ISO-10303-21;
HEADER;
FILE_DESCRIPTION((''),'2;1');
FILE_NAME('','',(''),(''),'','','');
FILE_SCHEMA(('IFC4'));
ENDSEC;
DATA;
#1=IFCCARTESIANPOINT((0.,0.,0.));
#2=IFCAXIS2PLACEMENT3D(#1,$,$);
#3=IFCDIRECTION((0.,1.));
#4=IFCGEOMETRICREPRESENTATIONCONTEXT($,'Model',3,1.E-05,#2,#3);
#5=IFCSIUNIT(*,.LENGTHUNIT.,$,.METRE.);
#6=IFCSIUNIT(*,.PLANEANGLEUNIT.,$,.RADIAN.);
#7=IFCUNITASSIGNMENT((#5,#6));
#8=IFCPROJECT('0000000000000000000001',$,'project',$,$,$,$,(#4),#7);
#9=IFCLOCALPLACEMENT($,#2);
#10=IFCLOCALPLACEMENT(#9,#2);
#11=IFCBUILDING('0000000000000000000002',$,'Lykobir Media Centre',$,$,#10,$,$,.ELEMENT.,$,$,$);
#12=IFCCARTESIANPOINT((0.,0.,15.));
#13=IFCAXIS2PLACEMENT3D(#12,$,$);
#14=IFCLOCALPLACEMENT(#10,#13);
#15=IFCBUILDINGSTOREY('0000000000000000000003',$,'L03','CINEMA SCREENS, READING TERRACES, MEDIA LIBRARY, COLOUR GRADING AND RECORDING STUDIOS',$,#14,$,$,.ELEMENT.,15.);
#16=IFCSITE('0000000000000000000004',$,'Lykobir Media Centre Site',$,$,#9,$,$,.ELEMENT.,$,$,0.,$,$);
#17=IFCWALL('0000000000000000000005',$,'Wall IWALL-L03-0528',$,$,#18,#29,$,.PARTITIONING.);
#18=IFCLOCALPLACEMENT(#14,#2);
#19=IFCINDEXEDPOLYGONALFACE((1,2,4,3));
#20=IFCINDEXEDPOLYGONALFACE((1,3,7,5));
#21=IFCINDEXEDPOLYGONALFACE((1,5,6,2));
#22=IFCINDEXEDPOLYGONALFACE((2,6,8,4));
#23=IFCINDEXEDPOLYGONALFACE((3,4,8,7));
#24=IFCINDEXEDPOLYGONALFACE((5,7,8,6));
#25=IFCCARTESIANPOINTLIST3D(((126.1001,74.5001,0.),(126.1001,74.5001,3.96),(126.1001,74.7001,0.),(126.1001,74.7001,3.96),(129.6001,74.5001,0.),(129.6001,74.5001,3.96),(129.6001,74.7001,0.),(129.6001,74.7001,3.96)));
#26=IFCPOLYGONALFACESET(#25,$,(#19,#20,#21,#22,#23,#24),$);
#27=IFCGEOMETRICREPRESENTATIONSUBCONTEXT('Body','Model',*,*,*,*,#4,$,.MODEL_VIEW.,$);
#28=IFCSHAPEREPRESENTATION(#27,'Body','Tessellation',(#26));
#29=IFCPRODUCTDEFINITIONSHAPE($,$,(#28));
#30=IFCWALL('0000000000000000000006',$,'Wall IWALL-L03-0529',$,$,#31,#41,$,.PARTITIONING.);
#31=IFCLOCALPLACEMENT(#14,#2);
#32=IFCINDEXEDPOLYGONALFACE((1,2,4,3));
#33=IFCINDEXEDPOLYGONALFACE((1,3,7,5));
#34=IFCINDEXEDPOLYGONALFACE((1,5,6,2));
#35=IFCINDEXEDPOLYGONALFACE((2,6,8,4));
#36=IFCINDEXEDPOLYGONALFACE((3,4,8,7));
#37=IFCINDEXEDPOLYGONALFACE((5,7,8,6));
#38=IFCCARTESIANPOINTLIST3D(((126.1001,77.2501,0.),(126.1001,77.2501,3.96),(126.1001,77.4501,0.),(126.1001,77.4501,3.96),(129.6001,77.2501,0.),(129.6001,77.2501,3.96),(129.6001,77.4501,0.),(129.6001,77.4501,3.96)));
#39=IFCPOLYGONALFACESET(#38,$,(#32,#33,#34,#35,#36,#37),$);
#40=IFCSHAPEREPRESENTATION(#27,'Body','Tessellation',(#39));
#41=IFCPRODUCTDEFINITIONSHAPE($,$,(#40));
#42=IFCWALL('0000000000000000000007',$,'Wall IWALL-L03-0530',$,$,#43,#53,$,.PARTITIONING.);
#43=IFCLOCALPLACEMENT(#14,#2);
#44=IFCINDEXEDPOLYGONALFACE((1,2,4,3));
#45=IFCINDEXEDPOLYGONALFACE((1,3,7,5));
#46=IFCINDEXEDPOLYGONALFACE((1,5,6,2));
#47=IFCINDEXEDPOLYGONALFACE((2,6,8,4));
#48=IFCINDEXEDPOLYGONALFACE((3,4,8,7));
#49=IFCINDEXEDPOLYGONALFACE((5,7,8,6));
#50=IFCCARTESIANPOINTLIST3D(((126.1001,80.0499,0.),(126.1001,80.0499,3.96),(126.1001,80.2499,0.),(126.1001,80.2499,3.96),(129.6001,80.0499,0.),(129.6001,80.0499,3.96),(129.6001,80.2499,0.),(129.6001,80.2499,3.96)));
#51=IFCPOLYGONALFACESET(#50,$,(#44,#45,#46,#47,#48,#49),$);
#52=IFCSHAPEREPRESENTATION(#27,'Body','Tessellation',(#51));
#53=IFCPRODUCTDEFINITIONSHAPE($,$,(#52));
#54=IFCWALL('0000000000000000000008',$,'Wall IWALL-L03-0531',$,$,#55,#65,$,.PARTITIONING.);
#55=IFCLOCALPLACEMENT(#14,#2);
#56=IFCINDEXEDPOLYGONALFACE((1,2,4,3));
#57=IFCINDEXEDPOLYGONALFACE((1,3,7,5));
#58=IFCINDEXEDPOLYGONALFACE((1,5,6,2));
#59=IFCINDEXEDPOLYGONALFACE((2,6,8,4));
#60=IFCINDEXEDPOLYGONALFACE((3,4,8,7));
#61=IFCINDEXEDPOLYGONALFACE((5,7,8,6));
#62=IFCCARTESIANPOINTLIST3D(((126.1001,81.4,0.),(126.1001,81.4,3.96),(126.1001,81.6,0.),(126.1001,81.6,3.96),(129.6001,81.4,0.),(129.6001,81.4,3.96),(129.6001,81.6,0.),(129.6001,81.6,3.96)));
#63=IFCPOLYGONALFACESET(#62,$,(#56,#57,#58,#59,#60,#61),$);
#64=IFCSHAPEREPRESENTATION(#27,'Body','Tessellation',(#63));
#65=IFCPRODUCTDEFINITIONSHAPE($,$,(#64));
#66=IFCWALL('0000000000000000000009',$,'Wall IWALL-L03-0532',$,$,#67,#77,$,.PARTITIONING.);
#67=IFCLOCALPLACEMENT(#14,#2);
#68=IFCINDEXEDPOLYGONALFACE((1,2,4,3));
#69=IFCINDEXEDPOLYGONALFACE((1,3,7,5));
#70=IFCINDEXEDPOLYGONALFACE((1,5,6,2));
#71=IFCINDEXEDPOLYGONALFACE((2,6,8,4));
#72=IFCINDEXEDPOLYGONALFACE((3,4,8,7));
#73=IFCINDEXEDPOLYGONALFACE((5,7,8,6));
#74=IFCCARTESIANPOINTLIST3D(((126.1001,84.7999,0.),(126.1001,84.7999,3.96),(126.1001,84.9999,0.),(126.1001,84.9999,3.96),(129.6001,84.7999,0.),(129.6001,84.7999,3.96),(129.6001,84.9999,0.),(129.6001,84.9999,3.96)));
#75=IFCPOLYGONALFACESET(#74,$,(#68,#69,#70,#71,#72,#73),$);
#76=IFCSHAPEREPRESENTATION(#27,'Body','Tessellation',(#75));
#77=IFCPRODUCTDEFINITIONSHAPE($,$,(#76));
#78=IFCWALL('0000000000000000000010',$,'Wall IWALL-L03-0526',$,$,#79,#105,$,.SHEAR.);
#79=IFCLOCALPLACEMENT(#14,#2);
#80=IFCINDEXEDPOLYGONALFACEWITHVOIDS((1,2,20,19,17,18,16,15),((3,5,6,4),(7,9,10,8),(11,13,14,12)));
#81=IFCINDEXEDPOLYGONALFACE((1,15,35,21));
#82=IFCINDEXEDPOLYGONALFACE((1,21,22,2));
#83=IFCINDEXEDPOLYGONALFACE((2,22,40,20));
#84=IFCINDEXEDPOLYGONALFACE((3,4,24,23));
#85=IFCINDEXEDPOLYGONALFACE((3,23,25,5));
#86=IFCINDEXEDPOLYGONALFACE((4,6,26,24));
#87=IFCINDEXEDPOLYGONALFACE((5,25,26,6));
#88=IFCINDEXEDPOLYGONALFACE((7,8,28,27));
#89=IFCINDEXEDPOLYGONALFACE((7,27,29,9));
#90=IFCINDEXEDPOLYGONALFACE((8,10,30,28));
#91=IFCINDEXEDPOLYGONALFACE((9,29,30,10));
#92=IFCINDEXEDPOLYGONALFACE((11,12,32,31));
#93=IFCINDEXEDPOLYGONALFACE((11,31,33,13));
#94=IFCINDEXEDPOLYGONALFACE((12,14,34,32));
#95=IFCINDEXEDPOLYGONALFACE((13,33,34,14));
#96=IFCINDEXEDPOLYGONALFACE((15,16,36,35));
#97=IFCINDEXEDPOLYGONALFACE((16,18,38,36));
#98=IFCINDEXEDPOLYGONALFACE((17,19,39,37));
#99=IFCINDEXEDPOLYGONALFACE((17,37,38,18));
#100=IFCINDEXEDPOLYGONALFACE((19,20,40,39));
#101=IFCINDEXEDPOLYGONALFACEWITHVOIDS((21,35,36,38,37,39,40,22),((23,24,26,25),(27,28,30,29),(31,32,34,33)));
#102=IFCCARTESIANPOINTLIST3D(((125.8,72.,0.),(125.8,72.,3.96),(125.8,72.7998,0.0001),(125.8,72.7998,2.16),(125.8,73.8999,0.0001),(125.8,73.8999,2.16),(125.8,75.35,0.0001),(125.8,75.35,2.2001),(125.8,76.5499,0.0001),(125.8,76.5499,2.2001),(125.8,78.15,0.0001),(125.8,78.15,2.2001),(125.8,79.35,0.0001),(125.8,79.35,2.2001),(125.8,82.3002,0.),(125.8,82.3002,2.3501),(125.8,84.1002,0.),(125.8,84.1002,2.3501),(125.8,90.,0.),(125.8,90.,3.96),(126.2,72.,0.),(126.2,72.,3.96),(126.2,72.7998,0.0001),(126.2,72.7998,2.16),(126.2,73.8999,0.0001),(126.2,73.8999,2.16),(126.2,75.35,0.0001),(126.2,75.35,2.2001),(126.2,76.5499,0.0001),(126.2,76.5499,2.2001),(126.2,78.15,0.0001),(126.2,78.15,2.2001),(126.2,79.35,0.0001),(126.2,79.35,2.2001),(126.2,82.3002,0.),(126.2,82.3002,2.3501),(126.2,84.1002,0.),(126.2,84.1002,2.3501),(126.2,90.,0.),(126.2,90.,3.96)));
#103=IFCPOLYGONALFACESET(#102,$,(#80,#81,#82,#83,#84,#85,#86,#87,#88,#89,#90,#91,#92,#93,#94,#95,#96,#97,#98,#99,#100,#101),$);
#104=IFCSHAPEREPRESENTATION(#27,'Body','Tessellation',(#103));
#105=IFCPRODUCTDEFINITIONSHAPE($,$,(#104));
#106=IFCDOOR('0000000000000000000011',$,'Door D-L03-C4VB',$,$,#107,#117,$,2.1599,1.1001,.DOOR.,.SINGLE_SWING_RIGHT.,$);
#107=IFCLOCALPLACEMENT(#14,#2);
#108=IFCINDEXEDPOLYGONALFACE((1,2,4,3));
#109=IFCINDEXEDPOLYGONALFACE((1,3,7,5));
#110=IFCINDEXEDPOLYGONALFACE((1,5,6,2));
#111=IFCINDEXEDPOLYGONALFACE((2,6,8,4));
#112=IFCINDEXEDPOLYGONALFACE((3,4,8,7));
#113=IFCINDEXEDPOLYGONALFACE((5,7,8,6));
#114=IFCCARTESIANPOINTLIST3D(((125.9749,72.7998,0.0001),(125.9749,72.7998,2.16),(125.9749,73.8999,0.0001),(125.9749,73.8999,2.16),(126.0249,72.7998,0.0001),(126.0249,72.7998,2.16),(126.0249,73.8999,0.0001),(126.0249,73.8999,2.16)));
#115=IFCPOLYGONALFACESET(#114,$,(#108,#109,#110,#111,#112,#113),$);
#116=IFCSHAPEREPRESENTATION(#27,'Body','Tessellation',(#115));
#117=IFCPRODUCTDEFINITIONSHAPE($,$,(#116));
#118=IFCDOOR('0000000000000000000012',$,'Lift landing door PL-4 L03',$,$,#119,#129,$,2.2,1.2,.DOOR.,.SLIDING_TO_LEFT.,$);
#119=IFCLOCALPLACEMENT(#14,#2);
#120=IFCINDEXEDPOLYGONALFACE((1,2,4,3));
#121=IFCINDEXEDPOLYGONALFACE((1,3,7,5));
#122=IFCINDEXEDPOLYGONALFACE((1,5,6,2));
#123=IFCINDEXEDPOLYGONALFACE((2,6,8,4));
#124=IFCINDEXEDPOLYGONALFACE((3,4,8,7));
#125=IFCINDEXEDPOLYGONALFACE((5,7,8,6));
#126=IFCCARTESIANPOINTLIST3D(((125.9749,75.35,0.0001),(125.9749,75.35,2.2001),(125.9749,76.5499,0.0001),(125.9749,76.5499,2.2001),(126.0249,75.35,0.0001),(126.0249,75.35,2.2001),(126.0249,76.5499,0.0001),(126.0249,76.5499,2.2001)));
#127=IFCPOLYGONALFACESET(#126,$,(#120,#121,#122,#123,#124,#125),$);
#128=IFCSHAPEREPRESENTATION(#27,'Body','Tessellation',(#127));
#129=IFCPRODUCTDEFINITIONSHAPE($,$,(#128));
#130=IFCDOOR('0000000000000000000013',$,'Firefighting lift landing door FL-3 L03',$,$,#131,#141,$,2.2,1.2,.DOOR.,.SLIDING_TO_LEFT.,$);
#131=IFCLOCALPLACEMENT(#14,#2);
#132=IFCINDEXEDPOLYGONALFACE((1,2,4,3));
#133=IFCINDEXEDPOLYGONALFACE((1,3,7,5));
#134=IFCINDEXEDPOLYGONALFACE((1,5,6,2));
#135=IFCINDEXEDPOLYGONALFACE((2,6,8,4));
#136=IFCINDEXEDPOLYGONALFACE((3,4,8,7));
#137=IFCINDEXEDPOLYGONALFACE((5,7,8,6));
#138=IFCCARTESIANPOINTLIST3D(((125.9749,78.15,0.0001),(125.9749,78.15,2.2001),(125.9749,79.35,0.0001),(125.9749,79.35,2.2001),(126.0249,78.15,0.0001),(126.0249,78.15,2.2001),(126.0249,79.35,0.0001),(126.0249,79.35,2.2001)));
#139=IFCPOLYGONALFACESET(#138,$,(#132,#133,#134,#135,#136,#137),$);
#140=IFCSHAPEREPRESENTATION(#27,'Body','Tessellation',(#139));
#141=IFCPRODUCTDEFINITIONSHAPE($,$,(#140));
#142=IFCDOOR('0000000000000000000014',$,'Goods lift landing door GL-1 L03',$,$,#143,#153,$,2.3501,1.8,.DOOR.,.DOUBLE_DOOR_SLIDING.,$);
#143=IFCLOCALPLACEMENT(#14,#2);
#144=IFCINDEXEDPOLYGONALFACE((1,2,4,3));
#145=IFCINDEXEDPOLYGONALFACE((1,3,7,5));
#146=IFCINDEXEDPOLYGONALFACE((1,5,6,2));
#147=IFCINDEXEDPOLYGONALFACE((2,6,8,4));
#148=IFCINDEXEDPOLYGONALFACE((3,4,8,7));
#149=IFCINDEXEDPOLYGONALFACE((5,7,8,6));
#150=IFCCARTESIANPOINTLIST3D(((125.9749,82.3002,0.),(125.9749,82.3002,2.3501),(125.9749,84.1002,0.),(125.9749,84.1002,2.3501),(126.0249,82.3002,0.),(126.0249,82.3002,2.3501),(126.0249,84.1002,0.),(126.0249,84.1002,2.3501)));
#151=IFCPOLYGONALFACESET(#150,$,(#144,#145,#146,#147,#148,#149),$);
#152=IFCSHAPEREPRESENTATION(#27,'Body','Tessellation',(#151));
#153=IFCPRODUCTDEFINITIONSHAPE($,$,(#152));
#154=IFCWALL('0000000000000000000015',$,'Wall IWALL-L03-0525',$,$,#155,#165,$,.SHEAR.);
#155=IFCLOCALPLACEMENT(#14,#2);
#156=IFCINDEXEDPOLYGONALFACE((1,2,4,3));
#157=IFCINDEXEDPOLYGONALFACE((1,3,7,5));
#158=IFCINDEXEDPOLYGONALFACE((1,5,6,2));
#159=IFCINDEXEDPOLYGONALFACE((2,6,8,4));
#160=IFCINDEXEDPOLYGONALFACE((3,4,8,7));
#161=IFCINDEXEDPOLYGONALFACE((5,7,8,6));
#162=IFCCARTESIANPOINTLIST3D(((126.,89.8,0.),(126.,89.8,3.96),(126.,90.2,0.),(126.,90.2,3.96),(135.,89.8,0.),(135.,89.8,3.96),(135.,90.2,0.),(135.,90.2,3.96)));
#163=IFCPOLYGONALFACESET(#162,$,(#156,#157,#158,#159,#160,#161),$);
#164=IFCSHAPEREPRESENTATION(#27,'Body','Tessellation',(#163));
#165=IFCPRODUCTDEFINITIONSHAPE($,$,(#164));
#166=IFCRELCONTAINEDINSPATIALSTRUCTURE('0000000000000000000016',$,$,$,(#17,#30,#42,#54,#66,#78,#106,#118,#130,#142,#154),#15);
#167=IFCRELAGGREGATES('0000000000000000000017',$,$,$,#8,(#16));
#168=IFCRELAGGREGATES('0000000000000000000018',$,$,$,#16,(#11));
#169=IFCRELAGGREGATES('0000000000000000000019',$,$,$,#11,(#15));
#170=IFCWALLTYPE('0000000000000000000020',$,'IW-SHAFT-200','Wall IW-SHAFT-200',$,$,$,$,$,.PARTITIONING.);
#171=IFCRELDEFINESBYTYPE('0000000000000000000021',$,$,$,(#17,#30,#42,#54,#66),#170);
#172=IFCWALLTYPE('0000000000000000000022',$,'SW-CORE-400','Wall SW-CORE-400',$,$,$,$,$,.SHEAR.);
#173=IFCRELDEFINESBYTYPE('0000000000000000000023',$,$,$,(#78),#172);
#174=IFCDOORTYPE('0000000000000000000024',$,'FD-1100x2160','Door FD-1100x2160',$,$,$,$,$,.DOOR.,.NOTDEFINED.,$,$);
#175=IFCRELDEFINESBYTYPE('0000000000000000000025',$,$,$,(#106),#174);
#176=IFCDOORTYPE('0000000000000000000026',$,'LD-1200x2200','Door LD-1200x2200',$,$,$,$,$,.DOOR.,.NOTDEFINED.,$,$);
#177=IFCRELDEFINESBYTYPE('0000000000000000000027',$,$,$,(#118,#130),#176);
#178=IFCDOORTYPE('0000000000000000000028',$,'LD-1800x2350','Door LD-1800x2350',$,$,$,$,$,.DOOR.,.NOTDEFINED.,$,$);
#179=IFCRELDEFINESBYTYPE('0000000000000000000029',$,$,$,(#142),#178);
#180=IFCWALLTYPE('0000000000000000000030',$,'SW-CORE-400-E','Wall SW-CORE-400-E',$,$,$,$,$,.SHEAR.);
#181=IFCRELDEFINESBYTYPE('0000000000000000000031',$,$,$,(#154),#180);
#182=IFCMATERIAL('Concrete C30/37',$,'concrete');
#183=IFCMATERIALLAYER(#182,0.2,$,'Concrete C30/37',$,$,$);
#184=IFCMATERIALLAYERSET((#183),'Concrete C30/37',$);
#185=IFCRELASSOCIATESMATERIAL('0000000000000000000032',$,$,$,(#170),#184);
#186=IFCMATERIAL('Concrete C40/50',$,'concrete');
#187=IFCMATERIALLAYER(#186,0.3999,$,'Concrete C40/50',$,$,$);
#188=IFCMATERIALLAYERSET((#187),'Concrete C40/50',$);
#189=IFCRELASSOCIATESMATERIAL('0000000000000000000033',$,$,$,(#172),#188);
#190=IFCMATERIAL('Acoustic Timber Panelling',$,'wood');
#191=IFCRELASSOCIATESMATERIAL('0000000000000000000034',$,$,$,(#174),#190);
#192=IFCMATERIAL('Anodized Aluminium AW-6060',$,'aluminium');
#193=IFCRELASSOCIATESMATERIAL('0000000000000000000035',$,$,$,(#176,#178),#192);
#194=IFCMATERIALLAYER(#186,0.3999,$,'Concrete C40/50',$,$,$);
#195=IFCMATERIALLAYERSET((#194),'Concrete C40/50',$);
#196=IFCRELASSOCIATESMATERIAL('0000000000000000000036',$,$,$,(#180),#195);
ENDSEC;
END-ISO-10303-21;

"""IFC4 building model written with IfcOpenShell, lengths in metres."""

from ifc_helpers import new_model, si_unit, direction, frame, frame_2d, origin, place, context, subcontext, project, spatial, rectangle, extrude, material, layer, layer_set, type_object, element, fill, save


model = new_model("IFC4")

# Units and contexts
model_context = context("Model", 3, precision=1e-05, world=origin(), true_north=direction((0.0, 1.0)))
body_context = subcontext(model_context, "Body", "Model", "MODEL_VIEW")
ifc_project = project(units=[si_unit("LENGTHUNIT", "METRE"), si_unit("PLANEANGLEUNIT", "RADIAN")], contexts=[model_context])

# Site, building, storey
site_placement = place(None, origin())
site = spatial("IfcSite", under=ifc_project, at=site_placement, Name="Lykobir Media Centre Site", CompositionType="ELEMENT", RefElevation=0.0)
building_placement = place(site_placement, origin())
building = spatial("IfcBuilding", under=site, at=building_placement, Name="Lykobir Media Centre", CompositionType="ELEMENT")
storey_placement = place(building_placement, frame((0.0, 0.0, 15.0)))
storey = spatial("IfcBuildingStorey", under=building, at=storey_placement, Name="L03", Description="CINEMA SCREENS, READING TERRACES, MEDIA LIBRARY, COLOUR GRADING AND RECORDING STUDIOS", CompositionType="ELEMENT", Elevation=15.0)

# Shared definitions
ifc_material_1 = material(Name="Concrete C40/50", Category="concrete")

# Walls
ifc_material_2 = material(Name="Concrete C30/37", Category="concrete")
ifc_layer_1 = layer(ifc_material_2, 0.2, Name="Concrete C30/37")
ifc_layer_set_1 = layer_set([ifc_layer_1], Name="Concrete C30/37")
wall_type_1 = type_object("IfcWallType", Name="IW-SHAFT-200", Description="Wall IW-SHAFT-200", PredefinedType="PARTITIONING", material=ifc_layer_set_1)
for number, where, z_axis, x_axis, name in (
    (1, (126.1001, 74.6001, 0.0), (0.0, 0.0, 1.0), (1.0, 0.0, 0.0), "Wall IWALL-L03-0528"),
    (2, (126.1001, 77.3501, 0.0), (0.0, 0.0, 1.0), (1.0, 0.0, 0.0), "Wall IWALL-L03-0529"),
    (3, (126.1001, 80.1499, 0.0), (0.0, 0.0, 1.0), (1.0, 0.0, 0.0), "Wall IWALL-L03-0530"),
    (4, (126.1001, 81.5, 0.0), (0.0, 0.0, 1.0), (1.0, 0.0, 0.0), "Wall IWALL-L03-0531"),
    (5, (126.1001, 84.8999, 0.0), (0.0, 0.0, 1.0), (1.0, 0.0, 0.0), "Wall IWALL-L03-0532"),
):
    element("IfcWall", number, at=place(storey_placement, frame(where, z_axis=z_axis, x_axis=x_axis)), inside=storey, type_object=wall_type_1, Name=name, PredefinedType="PARTITIONING", context=body_context, shape_type="SweptSolid", body=[
        extrude(rectangle(XDim=3.5, YDim=0.2, at=frame_2d((1.75, 0.0))), origin(), (0.0, 0.0, 1.0), 3.96),
    ])

# Wall, openings, doors
ifc_layer_2 = layer(ifc_material_1, 0.3999, Name="Concrete C40/50")
ifc_layer_set_2 = layer_set([ifc_layer_2], Name="Concrete C40/50")
wall_type_2 = type_object("IfcWallType", Name="SW-CORE-400", Description="Wall SW-CORE-400", PredefinedType="SHEAR", material=ifc_layer_set_2)
wall_1_placement = place(storey_placement, frame((126.0, 90.0, 0.0), z_axis=(0.0, 0.0, 1.0), x_axis=(0.0, -1.0, 0.0)))
wall_1 = element("IfcWall", 6, at=wall_1_placement, inside=storey, type_object=wall_type_2, Name="Wall IWALL-L03-0526", PredefinedType="SHEAR", context=body_context, shape_type="SweptSolid", body=[
    extrude(rectangle(XDim=18.0, YDim=0.3999, at=frame_2d((9.0, 0.0))), origin(), (0.0, 0.0, 1.0), 3.96),
])
opening_1_placement = place(wall_1_placement, frame((16.1001, 0.0, 0.0)))
opening_1 = element("IfcOpeningElement", 7, at=opening_1_placement, cuts=wall_1, PredefinedType="OPENING", context=body_context, shape_type="SweptSolid", body=[
    extrude(rectangle(XDim=1.1001, YDim=2.1599, at=frame_2d((0.55, 1.0801))), frame((0.0, 0.21, 0.0), z_axis=(0.0, -1.0, 0.0), x_axis=(1.0, 0.0, 0.0)), (0.0, 0.0, 1.0), 0.4199),
])
opening_2_placement = place(wall_1_placement, frame((13.45, 0.0, 0.0)))
opening_2 = element("IfcOpeningElement", 8, at=opening_2_placement, cuts=wall_1, PredefinedType="OPENING", context=body_context, shape_type="SweptSolid", body=[
    extrude(rectangle(XDim=1.2, YDim=2.2, at=frame_2d((0.6001, 1.1001))), frame((0.0, 0.21, 0.0), z_axis=(0.0, -1.0, 0.0), x_axis=(1.0, 0.0, 0.0)), (0.0, 0.0, 1.0), 0.4199),
])
opening_3_placement = place(wall_1_placement, frame((10.6499, 0.0, 0.0)))
opening_3 = element("IfcOpeningElement", 9, at=opening_3_placement, cuts=wall_1, PredefinedType="OPENING", context=body_context, shape_type="SweptSolid", body=[
    extrude(rectangle(XDim=1.2, YDim=2.2, at=frame_2d((0.6001, 1.1001))), frame((0.0, 0.21, 0.0), z_axis=(0.0, -1.0, 0.0), x_axis=(1.0, 0.0, 0.0)), (0.0, 0.0, 1.0), 0.4199),
])
opening_4_placement = place(wall_1_placement, frame((5.8999, 0.0, 0.0)))
opening_4 = element("IfcOpeningElement", 10, at=opening_4_placement, cuts=wall_1, PredefinedType="OPENING", context=body_context, shape_type="SweptSolid", body=[
    extrude(rectangle(XDim=1.8, YDim=2.3501, at=frame_2d((0.8999, 1.175))), frame((0.0, 0.21, 0.0), z_axis=(0.0, -1.0, 0.0), x_axis=(1.0, 0.0, 0.0)), (0.0, 0.0, 1.0), 0.4199),
])
ifc_material_3 = material(Name="Acoustic Timber Panelling", Category="wood")
door_type_1 = type_object("IfcDoorType", Name="FD-1100x2160", Description="Door FD-1100x2160", OperationType="NOTDEFINED", PredefinedType="DOOR", material=ifc_material_3)
door_1_placement = place(opening_1_placement, origin())
door_1 = element("IfcDoor", 11, at=door_1_placement, inside=storey, type_object=door_type_1, Name="Door D-L03-C4VB", OperationType="SINGLE_SWING_RIGHT", OverallHeight=2.1599, OverallWidth=1.1001, PredefinedType="DOOR", context=body_context, shape_type="SweptSolid", body=[
    extrude(rectangle(XDim=1.1001, YDim=2.1599, at=frame_2d((0.55, 1.0801))), frame((0.0, 0.0249, 0.0), z_axis=(0.0, -1.0, 0.0), x_axis=(1.0, 0.0, 0.0)), (0.0, 0.0, 1.0), 0.05),
])
fill(opening_1, door_1)
ifc_material_4 = material(Name="Anodized Aluminium AW-6060", Category="aluminium")
door_type_2 = type_object("IfcDoorType", Name="LD-1200x2200", Description="Door LD-1200x2200", OperationType="NOTDEFINED", PredefinedType="DOOR", material=ifc_material_4)
door_2_placement = place(opening_2_placement, origin())
door_2 = element("IfcDoor", 12, at=door_2_placement, inside=storey, type_object=door_type_2, Name="Lift landing door PL-4 L03", OperationType="SLIDING_TO_LEFT", OverallHeight=2.2, OverallWidth=1.2, PredefinedType="DOOR", context=body_context, shape_type="SweptSolid", body=[
    extrude(rectangle(XDim=1.2, YDim=2.2, at=frame_2d((0.6001, 1.1001))), frame((0.0, 0.0249, 0.0), z_axis=(0.0, -1.0, 0.0), x_axis=(1.0, 0.0, 0.0)), (0.0, 0.0, 1.0), 0.05),
])
fill(opening_2, door_2)
door_3_placement = place(opening_3_placement, origin())
door_3 = element("IfcDoor", 13, at=door_3_placement, inside=storey, type_object=door_type_2, Name="Firefighting lift landing door FL-3 L03", OperationType="SLIDING_TO_LEFT", OverallHeight=2.2, OverallWidth=1.2, PredefinedType="DOOR", context=body_context, shape_type="SweptSolid", body=[
    extrude(rectangle(XDim=1.2, YDim=2.2, at=frame_2d((0.6001, 1.1001))), frame((0.0, 0.0249, 0.0), z_axis=(0.0, -1.0, 0.0), x_axis=(1.0, 0.0, 0.0)), (0.0, 0.0, 1.0), 0.05),
])
fill(opening_3, door_3)
door_type_3 = type_object("IfcDoorType", Name="LD-1800x2350", Description="Door LD-1800x2350", OperationType="NOTDEFINED", PredefinedType="DOOR", material=ifc_material_4)
door_4_placement = place(opening_4_placement, origin())
door_4 = element("IfcDoor", 14, at=door_4_placement, inside=storey, type_object=door_type_3, Name="Goods lift landing door GL-1 L03", OperationType="DOUBLE_DOOR_SLIDING", OverallHeight=2.3501, OverallWidth=1.8, PredefinedType="DOOR", context=body_context, shape_type="SweptSolid", body=[
    extrude(rectangle(XDim=1.8, YDim=2.3501, at=frame_2d((0.8999, 1.175))), frame((0.0, 0.0249, 0.0), z_axis=(0.0, -1.0, 0.0), x_axis=(1.0, 0.0, 0.0)), (0.0, 0.0, 1.0), 0.05),
])
fill(opening_4, door_4)

# Wall
ifc_layer_3 = layer(ifc_material_1, 0.3999, Name="Concrete C40/50")
ifc_layer_set_3 = layer_set([ifc_layer_3], Name="Concrete C40/50")
wall_type_3 = type_object("IfcWallType", Name="SW-CORE-400-E", Description="Wall SW-CORE-400-E", PredefinedType="SHEAR", material=ifc_layer_set_3)
wall_2_placement = place(storey_placement, frame((135.0, 90.0, 0.0), z_axis=(0.0, 0.0, 1.0), x_axis=(-1.0, 0.0, 0.0)))
element("IfcWall", 15, at=wall_2_placement, inside=storey, type_object=wall_type_3, Name="Wall IWALL-L03-0525", PredefinedType="SHEAR", context=body_context, shape_type="SweptSolid", body=[
    extrude(rectangle(XDim=9.0, YDim=0.3999, at=frame_2d((4.5, 0.0))), origin(), (0.0, 0.0, 1.0), 3.96),
])

save(model, "model.ifc")
